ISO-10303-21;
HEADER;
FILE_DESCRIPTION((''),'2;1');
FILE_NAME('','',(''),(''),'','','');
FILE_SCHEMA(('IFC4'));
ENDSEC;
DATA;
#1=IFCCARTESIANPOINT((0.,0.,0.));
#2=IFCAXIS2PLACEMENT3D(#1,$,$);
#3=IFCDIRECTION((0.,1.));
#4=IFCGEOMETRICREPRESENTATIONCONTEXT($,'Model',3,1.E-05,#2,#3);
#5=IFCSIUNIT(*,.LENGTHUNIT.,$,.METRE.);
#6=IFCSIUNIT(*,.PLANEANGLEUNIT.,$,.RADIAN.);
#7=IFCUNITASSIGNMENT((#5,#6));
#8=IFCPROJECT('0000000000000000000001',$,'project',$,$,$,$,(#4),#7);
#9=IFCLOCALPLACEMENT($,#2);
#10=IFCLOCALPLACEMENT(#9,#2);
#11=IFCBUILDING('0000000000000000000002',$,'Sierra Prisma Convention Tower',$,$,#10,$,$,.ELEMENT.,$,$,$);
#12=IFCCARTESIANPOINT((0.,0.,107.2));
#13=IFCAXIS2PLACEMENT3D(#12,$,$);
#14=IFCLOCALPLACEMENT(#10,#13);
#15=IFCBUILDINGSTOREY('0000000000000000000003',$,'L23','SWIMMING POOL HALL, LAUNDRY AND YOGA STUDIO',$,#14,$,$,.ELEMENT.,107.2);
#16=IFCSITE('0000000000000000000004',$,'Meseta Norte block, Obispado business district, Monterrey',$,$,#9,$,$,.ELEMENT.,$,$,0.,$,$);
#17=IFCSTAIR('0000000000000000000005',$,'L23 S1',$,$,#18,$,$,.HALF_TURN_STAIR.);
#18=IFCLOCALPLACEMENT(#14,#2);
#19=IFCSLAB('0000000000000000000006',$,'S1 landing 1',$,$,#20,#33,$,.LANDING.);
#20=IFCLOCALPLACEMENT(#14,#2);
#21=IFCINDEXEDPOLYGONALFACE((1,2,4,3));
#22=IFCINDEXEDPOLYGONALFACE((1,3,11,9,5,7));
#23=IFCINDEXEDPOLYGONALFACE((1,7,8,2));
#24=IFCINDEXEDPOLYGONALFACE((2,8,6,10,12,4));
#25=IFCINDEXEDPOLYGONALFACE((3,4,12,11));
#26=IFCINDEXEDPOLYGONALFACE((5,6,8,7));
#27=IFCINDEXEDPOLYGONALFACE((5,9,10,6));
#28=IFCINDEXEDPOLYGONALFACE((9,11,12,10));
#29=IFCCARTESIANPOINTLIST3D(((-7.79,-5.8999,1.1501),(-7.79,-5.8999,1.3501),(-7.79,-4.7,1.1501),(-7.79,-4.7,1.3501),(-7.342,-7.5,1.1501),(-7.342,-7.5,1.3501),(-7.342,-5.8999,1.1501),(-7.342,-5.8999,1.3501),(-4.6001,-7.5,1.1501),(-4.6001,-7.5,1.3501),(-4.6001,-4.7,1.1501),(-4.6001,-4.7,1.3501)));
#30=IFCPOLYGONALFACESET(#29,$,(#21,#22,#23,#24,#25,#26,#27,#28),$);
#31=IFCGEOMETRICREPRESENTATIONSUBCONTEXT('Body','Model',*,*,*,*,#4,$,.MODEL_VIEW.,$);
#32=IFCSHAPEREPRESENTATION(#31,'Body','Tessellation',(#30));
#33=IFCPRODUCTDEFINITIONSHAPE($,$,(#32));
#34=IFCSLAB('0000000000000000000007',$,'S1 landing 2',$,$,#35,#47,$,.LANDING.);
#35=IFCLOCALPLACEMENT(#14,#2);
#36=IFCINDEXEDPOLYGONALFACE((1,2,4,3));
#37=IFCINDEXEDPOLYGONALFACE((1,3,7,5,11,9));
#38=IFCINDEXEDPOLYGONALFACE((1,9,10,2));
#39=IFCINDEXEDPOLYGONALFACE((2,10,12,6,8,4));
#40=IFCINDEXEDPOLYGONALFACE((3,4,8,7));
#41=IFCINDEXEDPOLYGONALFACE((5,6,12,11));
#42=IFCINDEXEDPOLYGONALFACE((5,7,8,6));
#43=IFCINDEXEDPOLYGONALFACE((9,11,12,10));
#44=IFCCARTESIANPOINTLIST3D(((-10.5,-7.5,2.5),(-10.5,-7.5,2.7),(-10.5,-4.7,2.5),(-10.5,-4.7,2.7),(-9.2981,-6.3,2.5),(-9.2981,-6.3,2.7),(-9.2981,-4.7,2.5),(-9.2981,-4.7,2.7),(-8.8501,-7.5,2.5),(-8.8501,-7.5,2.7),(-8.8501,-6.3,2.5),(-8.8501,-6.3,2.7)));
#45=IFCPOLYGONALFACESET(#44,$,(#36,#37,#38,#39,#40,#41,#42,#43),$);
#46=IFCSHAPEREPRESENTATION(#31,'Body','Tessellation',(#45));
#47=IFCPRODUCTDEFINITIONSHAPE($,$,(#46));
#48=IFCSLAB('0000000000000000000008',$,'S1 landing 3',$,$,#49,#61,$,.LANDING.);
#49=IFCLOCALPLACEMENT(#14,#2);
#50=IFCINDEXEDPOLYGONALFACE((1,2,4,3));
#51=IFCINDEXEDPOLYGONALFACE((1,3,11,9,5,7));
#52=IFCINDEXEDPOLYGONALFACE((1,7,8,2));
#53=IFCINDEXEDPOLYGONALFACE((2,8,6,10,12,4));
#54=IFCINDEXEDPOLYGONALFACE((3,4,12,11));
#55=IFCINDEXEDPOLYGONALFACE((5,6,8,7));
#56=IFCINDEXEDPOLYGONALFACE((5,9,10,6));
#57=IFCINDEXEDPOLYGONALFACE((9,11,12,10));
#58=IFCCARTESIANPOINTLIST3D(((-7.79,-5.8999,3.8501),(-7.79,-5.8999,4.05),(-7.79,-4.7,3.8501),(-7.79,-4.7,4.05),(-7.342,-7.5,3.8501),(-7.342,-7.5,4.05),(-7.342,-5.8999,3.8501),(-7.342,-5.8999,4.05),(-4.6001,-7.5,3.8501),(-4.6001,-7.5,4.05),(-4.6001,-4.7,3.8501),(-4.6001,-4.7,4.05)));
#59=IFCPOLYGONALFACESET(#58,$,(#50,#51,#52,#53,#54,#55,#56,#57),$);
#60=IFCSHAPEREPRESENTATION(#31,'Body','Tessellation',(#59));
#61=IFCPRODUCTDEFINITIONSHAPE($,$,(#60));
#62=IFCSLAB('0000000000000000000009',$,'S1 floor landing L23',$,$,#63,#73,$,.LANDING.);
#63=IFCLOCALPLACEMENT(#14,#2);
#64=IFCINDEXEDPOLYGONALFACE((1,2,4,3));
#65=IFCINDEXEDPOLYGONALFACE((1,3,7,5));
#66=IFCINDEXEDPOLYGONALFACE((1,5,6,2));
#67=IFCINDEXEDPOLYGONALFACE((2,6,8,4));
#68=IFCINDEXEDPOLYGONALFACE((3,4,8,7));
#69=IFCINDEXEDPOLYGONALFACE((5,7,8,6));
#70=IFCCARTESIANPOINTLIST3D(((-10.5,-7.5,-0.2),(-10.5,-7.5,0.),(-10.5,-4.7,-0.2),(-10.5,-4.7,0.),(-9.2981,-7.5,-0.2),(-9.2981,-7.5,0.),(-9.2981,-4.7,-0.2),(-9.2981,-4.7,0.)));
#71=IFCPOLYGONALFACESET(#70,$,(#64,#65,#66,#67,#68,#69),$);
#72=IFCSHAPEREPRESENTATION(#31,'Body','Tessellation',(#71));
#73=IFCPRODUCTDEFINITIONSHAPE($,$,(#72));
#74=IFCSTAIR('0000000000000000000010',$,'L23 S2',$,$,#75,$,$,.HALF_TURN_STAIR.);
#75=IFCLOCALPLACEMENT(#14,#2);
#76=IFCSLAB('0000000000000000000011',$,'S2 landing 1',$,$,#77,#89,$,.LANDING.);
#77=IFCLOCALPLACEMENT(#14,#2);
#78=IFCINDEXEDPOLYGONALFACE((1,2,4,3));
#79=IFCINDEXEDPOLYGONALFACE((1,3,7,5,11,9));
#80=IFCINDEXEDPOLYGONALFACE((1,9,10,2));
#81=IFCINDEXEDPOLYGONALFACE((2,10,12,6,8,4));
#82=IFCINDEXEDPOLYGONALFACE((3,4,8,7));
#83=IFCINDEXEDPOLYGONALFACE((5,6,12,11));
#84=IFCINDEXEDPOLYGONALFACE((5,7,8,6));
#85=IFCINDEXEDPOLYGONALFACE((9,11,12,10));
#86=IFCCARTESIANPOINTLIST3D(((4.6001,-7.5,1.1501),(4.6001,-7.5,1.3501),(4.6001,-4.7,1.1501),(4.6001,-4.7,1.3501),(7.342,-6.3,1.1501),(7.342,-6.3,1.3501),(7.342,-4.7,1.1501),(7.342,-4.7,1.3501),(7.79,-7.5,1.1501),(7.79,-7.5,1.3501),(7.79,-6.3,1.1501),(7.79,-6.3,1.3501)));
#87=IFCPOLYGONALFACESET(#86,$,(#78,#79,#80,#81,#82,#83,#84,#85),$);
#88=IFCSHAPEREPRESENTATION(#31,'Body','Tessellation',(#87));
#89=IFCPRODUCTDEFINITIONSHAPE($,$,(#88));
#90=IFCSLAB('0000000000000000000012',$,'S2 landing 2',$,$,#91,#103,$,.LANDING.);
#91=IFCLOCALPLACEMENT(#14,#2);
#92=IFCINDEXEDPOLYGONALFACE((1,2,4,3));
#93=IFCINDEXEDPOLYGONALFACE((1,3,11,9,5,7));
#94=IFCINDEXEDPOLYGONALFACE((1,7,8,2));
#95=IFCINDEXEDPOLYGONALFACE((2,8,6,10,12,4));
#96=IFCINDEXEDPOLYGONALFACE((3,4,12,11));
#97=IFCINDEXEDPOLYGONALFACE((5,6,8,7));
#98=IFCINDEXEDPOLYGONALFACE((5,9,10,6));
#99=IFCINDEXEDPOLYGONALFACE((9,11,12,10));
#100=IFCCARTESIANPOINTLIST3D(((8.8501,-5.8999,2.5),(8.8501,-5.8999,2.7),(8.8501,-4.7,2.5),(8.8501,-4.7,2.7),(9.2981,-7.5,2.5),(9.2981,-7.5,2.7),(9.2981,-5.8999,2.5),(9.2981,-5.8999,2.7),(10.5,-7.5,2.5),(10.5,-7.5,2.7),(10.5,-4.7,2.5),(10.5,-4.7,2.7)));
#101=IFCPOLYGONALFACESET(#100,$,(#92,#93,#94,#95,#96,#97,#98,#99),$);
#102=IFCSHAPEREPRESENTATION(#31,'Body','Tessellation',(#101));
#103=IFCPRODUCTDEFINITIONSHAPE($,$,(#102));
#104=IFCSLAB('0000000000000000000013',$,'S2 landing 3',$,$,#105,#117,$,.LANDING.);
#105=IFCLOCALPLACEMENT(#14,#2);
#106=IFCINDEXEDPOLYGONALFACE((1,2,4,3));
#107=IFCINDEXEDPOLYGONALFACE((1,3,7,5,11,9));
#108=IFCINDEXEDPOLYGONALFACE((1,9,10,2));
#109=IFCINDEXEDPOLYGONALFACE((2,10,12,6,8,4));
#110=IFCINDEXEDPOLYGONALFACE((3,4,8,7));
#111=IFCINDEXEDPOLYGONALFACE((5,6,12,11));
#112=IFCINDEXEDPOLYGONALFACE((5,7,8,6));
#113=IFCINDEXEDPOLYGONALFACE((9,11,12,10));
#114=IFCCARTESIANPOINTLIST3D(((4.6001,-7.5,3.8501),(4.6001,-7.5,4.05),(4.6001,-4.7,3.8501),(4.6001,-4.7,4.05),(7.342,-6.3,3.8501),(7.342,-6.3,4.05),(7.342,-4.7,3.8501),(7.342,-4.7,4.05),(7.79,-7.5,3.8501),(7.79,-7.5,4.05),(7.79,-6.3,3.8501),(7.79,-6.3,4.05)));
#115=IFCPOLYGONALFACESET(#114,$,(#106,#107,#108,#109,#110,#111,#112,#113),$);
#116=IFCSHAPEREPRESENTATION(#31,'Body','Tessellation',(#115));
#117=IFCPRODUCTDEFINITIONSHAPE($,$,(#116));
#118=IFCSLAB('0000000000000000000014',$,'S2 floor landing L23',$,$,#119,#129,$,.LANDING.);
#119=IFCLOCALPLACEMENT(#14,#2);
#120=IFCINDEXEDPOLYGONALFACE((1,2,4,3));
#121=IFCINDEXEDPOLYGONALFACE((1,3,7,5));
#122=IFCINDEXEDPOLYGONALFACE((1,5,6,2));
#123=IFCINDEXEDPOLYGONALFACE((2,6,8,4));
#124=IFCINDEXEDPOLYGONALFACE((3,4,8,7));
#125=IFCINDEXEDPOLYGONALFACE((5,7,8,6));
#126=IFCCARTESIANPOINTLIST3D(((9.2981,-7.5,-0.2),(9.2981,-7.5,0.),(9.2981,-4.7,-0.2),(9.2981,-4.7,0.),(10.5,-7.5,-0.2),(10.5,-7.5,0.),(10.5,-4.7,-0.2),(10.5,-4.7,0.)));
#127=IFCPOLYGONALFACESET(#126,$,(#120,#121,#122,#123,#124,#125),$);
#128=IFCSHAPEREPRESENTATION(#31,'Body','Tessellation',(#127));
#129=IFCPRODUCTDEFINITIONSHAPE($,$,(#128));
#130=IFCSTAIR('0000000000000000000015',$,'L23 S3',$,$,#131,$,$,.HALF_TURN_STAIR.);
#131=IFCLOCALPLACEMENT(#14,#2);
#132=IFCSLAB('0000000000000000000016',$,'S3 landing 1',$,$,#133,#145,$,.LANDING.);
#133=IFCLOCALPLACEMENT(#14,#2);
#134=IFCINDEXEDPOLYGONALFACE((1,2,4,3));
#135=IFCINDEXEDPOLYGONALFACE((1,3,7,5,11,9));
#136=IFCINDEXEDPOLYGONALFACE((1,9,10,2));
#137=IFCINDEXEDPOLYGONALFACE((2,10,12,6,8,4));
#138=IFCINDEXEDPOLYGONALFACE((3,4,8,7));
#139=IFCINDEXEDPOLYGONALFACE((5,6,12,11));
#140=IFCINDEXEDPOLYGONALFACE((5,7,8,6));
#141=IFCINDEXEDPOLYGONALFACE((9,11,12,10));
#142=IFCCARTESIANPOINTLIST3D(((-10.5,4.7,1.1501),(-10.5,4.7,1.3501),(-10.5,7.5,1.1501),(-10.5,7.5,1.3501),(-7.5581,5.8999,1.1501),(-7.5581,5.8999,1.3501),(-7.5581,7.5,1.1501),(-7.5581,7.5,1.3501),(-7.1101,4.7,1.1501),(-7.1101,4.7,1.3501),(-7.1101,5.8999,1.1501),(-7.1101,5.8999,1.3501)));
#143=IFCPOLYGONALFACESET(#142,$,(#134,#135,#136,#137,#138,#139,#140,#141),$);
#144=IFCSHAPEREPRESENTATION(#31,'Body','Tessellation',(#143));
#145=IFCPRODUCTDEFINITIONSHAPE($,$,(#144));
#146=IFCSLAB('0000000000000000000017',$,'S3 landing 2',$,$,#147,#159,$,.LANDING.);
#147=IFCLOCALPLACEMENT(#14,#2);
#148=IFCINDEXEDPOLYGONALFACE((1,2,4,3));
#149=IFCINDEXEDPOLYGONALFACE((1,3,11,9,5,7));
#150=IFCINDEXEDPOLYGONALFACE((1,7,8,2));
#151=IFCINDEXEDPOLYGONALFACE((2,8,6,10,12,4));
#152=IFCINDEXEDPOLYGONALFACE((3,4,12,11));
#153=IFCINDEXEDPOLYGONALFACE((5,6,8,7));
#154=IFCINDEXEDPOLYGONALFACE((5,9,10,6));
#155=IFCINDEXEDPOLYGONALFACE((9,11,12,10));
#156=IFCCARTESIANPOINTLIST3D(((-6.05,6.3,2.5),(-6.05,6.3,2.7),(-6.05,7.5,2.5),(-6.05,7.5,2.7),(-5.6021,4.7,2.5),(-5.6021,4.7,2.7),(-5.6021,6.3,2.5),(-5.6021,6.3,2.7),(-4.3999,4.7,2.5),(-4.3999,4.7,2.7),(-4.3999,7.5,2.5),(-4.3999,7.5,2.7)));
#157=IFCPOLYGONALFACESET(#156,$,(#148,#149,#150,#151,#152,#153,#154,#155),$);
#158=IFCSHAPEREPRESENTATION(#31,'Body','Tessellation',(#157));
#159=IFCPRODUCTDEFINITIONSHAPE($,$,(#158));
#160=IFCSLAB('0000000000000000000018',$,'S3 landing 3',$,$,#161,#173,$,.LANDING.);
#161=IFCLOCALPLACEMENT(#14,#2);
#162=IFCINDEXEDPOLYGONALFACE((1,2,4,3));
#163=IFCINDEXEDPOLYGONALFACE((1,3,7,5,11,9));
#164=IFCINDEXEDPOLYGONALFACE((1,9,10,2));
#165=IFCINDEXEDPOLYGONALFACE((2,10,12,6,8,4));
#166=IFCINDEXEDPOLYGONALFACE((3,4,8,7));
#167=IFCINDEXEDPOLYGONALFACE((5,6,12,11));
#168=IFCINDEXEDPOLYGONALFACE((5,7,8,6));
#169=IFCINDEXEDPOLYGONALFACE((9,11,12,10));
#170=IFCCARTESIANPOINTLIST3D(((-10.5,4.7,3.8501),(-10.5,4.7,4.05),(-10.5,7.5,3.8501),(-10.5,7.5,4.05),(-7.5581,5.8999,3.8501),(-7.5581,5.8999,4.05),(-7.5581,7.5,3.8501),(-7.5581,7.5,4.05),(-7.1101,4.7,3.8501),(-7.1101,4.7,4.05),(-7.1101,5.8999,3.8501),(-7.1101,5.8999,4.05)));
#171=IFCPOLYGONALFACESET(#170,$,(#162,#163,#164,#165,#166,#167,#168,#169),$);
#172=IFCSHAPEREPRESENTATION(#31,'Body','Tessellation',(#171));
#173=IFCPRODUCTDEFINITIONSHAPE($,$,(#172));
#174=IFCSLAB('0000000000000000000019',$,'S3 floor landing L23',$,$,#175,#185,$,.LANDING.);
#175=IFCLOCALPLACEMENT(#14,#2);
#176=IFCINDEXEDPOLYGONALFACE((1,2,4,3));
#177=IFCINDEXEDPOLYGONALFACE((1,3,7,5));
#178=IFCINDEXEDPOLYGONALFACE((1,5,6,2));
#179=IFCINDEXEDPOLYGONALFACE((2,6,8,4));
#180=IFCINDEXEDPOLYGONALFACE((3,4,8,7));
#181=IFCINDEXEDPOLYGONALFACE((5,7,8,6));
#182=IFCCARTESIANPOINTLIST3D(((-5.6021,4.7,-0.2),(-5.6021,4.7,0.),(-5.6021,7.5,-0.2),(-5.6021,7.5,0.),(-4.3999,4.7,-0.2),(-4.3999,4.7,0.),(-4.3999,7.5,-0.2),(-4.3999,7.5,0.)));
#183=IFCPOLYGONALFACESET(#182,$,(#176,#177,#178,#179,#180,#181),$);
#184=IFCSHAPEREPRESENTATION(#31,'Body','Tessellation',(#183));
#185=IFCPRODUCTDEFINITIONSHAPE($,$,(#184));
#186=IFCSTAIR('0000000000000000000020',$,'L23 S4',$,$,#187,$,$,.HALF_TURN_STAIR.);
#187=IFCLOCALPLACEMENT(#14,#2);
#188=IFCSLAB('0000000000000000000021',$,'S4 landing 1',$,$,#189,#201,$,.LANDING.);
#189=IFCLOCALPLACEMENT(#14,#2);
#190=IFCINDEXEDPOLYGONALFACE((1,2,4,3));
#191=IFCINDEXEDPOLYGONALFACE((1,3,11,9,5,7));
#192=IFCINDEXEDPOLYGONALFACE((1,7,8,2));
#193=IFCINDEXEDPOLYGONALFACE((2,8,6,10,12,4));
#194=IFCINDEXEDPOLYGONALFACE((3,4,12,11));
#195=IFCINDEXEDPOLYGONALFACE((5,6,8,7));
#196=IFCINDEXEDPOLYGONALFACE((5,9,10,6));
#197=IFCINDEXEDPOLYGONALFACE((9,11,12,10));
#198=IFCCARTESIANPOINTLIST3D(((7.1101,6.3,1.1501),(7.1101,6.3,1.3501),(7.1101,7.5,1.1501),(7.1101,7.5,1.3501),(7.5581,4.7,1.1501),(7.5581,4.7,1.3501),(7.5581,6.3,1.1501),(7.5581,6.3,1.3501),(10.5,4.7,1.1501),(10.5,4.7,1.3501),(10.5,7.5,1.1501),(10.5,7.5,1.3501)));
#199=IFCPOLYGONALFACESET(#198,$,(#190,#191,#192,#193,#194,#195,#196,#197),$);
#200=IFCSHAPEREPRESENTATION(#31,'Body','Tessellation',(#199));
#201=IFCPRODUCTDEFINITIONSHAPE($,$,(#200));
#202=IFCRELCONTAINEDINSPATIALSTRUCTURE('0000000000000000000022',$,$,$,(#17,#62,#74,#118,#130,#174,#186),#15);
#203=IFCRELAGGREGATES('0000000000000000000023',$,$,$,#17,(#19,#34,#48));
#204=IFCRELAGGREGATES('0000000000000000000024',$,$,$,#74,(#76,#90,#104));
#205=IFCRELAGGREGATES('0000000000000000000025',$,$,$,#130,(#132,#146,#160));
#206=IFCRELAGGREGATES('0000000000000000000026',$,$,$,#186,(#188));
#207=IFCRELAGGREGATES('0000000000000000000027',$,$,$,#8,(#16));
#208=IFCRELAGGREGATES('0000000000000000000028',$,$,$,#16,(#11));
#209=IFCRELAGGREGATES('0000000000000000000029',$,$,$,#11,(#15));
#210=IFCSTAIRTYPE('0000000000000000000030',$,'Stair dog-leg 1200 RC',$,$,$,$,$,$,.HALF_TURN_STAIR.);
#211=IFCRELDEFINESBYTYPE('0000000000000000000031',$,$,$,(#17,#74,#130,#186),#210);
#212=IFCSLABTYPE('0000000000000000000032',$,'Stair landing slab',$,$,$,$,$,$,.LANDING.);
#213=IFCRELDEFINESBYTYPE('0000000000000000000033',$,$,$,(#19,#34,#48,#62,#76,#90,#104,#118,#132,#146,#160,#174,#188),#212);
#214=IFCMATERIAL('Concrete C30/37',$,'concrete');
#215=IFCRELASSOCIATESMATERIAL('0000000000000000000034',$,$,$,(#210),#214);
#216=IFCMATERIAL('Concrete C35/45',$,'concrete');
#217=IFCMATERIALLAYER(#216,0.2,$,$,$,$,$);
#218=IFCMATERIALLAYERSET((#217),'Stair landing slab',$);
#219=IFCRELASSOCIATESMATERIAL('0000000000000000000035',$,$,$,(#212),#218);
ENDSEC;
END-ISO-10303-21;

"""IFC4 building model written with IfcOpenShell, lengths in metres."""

from ifc_helpers import new_model, si_unit, direction, frame, origin, place, context, subcontext, project, spatial, polyline, outline, extrude, material, layer, layer_set, type_object, element, aggregate, save


model = new_model("IFC4")

# Units and contexts
model_context = context("Model", 3, precision=1e-05, world=origin(), true_north=direction((0.0, 1.0)))
body_context = subcontext(model_context, "Body", "Model", "MODEL_VIEW")
ifc_project = project(units=[si_unit("LENGTHUNIT", "METRE"), si_unit("PLANEANGLEUNIT", "RADIAN")], contexts=[model_context])

# Site, building, storey
site_placement = place(None, origin())
site = spatial("IfcSite", under=ifc_project, at=site_placement, Name="Meseta Norte block, Obispado business district, Monterrey", CompositionType="ELEMENT", RefElevation=0.0)
building_placement = place(site_placement, origin())
building = spatial("IfcBuilding", under=site, at=building_placement, Name="Sierra Prisma Convention Tower", CompositionType="ELEMENT")
storey_placement = place(building_placement, frame((0.0, 0.0, 107.2)))
storey = spatial("IfcBuildingStorey", under=building, at=storey_placement, Name="L23", Description="SWIMMING POOL HALL, LAUNDRY AND YOGA STUDIO", CompositionType="ELEMENT", Elevation=107.2)

# Stair, slabs
ifc_material_1 = material(Name="Concrete C30/37", Category="concrete")
stair_type = type_object("IfcStairType", Name="Stair dog-leg 1200 RC", PredefinedType="HALF_TURN_STAIR", material=ifc_material_1)
stair_1_placement = place(storey_placement, origin())
stair_1 = element("IfcStair", 1, at=stair_1_placement, inside=storey, type_object=stair_type, Name="L23 S1", PredefinedType="HALF_TURN_STAIR")
ifc_material_2 = material(Name="Concrete C35/45", Category="concrete")
ifc_layer_1 = layer(ifc_material_2, 0.2)
ifc_layer_set_1 = layer_set([ifc_layer_1], Name="Stair landing slab")
slab_type = type_object("IfcSlabType", Name="Stair landing slab", PredefinedType="LANDING", material=ifc_layer_set_1)
slab_1_placement = place(storey_placement, frame((0.0, 0.0, 1.1501)))
slab_1 = element("IfcSlab", 2, at=slab_1_placement, type_object=slab_type, Name="S1 landing 1", PredefinedType="LANDING", context=body_context, shape_type="SweptSolid", body=[
    extrude(outline(polyline([(-4.6001, -4.7), (-4.6001, -7.5), (-7.342, -7.5), (-7.342, -5.8999), (-7.79, -5.8999), (-7.79, -4.7), (-4.6001, -4.7)])), origin(), (0.0, 0.0, 1.0), 0.2),
])
slab_2_placement = place(storey_placement, frame((0.0, 0.0, 2.5)))
slab_2 = element("IfcSlab", 3, at=slab_2_placement, type_object=slab_type, Name="S1 landing 2", PredefinedType="LANDING", context=body_context, shape_type="SweptSolid", body=[
    extrude(outline(polyline([(-10.5, -7.5), (-10.5, -4.7), (-9.2981, -4.7), (-9.2981, -6.3), (-8.8501, -6.3), (-8.8501, -7.5), (-10.5, -7.5)])), origin(), (0.0, 0.0, 1.0), 0.2),
])
slab_3_placement = place(storey_placement, frame((0.0, 0.0, 3.8501)))
slab_3 = element("IfcSlab", 4, at=slab_3_placement, type_object=slab_type, Name="S1 landing 3", PredefinedType="LANDING", context=body_context, shape_type="SweptSolid", body=[
    extrude(outline(polyline([(-4.6001, -4.7), (-4.6001, -7.5), (-7.342, -7.5), (-7.342, -5.8999), (-7.79, -5.8999), (-7.79, -4.7), (-4.6001, -4.7)])), origin(), (0.0, 0.0, 1.0), 0.2),
])
aggregate(stair_1, [slab_1, slab_2, slab_3])

# Slab
slab_4_placement = place(storey_placement, frame((0.0, 0.0, -0.2)))
element("IfcSlab", 5, at=slab_4_placement, inside=storey, type_object=slab_type, Name="S1 floor landing L23", PredefinedType="LANDING", context=body_context, shape_type="SweptSolid", body=[
    extrude(outline(polyline([(-10.5, -7.5), (-9.2981, -7.5), (-9.2981, -4.7), (-10.5, -4.7), (-10.5, -7.5)])), origin(), (0.0, 0.0, 1.0), 0.2),
])

# Stair, slabs
stair_2_placement = place(storey_placement, origin())
stair_2 = element("IfcStair", 6, at=stair_2_placement, inside=storey, type_object=stair_type, Name="L23 S2", PredefinedType="HALF_TURN_STAIR")
slab_5_placement = place(storey_placement, frame((0.0, 0.0, 1.1501)))
slab_5 = element("IfcSlab", 7, at=slab_5_placement, type_object=slab_type, Name="S2 landing 1", PredefinedType="LANDING", context=body_context, shape_type="SweptSolid", body=[
    extrude(outline(polyline([(7.79, -6.3), (7.79, -7.5), (4.6001, -7.5), (4.6001, -4.7), (7.342, -4.7), (7.342, -6.3), (7.79, -6.3)])), origin(), (0.0, 0.0, 1.0), 0.2),
])
slab_6_placement = place(storey_placement, frame((0.0, 0.0, 2.5)))
slab_6 = element("IfcSlab", 8, at=slab_6_placement, type_object=slab_type, Name="S2 landing 2", PredefinedType="LANDING", context=body_context, shape_type="SweptSolid", body=[
    extrude(outline(polyline([(10.5, -4.7), (10.5, -7.5), (9.2981, -7.5), (9.2981, -5.8999), (8.8501, -5.8999), (8.8501, -4.7), (10.5, -4.7)])), origin(), (0.0, 0.0, 1.0), 0.2),
])
slab_7_placement = place(storey_placement, frame((0.0, 0.0, 3.8501)))
slab_7 = element("IfcSlab", 9, at=slab_7_placement, type_object=slab_type, Name="S2 landing 3", PredefinedType="LANDING", context=body_context, shape_type="SweptSolid", body=[
    extrude(outline(polyline([(7.79, -6.3), (7.79, -7.5), (4.6001, -7.5), (4.6001, -4.7), (7.342, -4.7), (7.342, -6.3), (7.79, -6.3)])), origin(), (0.0, 0.0, 1.0), 0.2),
])
aggregate(stair_2, [slab_5, slab_6, slab_7])

# Slab
slab_8_placement = place(storey_placement, frame((0.0, 0.0, -0.2)))
element("IfcSlab", 10, at=slab_8_placement, inside=storey, type_object=slab_type, Name="S2 floor landing L23", PredefinedType="LANDING", context=body_context, shape_type="SweptSolid", body=[
    extrude(outline(polyline([(10.5, -4.7), (9.2981, -4.7), (9.2981, -7.5), (10.5, -7.5), (10.5, -4.7)])), origin(), (0.0, 0.0, 1.0), 0.2),
])

# Stair, slabs
stair_3_placement = place(storey_placement, origin())
stair_3 = element("IfcStair", 11, at=stair_3_placement, inside=storey, type_object=stair_type, Name="L23 S3", PredefinedType="HALF_TURN_STAIR")
slab_9_placement = place(storey_placement, frame((0.0, 0.0, 1.1501)))
slab_9 = element("IfcSlab", 12, at=slab_9_placement, type_object=slab_type, Name="S3 landing 1", PredefinedType="LANDING", context=body_context, shape_type="SweptSolid", body=[
    extrude(outline(polyline([(-7.1101, 5.8999), (-7.1101, 4.7), (-10.5, 4.7), (-10.5, 7.5), (-7.5581, 7.5), (-7.5581, 5.8999), (-7.1101, 5.8999)])), origin(), (0.0, 0.0, 1.0), 0.2),
])
slab_10_placement = place(storey_placement, frame((0.0, 0.0, 2.5)))
slab_10 = element("IfcSlab", 13, at=slab_10_placement, type_object=slab_type, Name="S3 landing 2", PredefinedType="LANDING", context=body_context, shape_type="SweptSolid", body=[
    extrude(outline(polyline([(-4.3999, 7.5), (-4.3999, 4.7), (-5.6021, 4.7), (-5.6021, 6.3), (-6.05, 6.3), (-6.05, 7.5), (-4.3999, 7.5)])), origin(), (0.0, 0.0, 1.0), 0.2),
])
slab_11_placement = place(storey_placement, frame((0.0, 0.0, 3.8501)))
slab_11 = element("IfcSlab", 14, at=slab_11_placement, type_object=slab_type, Name="S3 landing 3", PredefinedType="LANDING", context=body_context, shape_type="SweptSolid", body=[
    extrude(outline(polyline([(-7.1101, 5.8999), (-7.1101, 4.7), (-10.5, 4.7), (-10.5, 7.5), (-7.5581, 7.5), (-7.5581, 5.8999), (-7.1101, 5.8999)])), origin(), (0.0, 0.0, 1.0), 0.2),
])
aggregate(stair_3, [slab_9, slab_10, slab_11])

# Slab
slab_12_placement = place(storey_placement, frame((0.0, 0.0, -0.2)))
element("IfcSlab", 15, at=slab_12_placement, inside=storey, type_object=slab_type, Name="S3 floor landing L23", PredefinedType="LANDING", context=body_context, shape_type="SweptSolid", body=[
    extrude(outline(polyline([(-4.3999, 7.5), (-5.6021, 7.5), (-5.6021, 4.7), (-4.3999, 4.7), (-4.3999, 7.5)])), origin(), (0.0, 0.0, 1.0), 0.2),
])

# Stair, slab
stair_4_placement = place(storey_placement, origin())
stair_4 = element("IfcStair", 16, at=stair_4_placement, inside=storey, type_object=stair_type, Name="L23 S4", PredefinedType="HALF_TURN_STAIR")
slab_13_placement = place(storey_placement, frame((0.0, 0.0, 1.1501)))
slab_13 = element("IfcSlab", 17, at=slab_13_placement, type_object=slab_type, Name="S4 landing 1", PredefinedType="LANDING", context=body_context, shape_type="SweptSolid", body=[
    extrude(outline(polyline([(10.5, 7.5), (10.5, 4.7), (7.5581, 4.7), (7.5581, 6.3), (7.1101, 6.3), (7.1101, 7.5), (10.5, 7.5)])), origin(), (0.0, 0.0, 1.0), 0.2),
])
aggregate(stair_4, [slab_13])

save(model, "model.ifc")
